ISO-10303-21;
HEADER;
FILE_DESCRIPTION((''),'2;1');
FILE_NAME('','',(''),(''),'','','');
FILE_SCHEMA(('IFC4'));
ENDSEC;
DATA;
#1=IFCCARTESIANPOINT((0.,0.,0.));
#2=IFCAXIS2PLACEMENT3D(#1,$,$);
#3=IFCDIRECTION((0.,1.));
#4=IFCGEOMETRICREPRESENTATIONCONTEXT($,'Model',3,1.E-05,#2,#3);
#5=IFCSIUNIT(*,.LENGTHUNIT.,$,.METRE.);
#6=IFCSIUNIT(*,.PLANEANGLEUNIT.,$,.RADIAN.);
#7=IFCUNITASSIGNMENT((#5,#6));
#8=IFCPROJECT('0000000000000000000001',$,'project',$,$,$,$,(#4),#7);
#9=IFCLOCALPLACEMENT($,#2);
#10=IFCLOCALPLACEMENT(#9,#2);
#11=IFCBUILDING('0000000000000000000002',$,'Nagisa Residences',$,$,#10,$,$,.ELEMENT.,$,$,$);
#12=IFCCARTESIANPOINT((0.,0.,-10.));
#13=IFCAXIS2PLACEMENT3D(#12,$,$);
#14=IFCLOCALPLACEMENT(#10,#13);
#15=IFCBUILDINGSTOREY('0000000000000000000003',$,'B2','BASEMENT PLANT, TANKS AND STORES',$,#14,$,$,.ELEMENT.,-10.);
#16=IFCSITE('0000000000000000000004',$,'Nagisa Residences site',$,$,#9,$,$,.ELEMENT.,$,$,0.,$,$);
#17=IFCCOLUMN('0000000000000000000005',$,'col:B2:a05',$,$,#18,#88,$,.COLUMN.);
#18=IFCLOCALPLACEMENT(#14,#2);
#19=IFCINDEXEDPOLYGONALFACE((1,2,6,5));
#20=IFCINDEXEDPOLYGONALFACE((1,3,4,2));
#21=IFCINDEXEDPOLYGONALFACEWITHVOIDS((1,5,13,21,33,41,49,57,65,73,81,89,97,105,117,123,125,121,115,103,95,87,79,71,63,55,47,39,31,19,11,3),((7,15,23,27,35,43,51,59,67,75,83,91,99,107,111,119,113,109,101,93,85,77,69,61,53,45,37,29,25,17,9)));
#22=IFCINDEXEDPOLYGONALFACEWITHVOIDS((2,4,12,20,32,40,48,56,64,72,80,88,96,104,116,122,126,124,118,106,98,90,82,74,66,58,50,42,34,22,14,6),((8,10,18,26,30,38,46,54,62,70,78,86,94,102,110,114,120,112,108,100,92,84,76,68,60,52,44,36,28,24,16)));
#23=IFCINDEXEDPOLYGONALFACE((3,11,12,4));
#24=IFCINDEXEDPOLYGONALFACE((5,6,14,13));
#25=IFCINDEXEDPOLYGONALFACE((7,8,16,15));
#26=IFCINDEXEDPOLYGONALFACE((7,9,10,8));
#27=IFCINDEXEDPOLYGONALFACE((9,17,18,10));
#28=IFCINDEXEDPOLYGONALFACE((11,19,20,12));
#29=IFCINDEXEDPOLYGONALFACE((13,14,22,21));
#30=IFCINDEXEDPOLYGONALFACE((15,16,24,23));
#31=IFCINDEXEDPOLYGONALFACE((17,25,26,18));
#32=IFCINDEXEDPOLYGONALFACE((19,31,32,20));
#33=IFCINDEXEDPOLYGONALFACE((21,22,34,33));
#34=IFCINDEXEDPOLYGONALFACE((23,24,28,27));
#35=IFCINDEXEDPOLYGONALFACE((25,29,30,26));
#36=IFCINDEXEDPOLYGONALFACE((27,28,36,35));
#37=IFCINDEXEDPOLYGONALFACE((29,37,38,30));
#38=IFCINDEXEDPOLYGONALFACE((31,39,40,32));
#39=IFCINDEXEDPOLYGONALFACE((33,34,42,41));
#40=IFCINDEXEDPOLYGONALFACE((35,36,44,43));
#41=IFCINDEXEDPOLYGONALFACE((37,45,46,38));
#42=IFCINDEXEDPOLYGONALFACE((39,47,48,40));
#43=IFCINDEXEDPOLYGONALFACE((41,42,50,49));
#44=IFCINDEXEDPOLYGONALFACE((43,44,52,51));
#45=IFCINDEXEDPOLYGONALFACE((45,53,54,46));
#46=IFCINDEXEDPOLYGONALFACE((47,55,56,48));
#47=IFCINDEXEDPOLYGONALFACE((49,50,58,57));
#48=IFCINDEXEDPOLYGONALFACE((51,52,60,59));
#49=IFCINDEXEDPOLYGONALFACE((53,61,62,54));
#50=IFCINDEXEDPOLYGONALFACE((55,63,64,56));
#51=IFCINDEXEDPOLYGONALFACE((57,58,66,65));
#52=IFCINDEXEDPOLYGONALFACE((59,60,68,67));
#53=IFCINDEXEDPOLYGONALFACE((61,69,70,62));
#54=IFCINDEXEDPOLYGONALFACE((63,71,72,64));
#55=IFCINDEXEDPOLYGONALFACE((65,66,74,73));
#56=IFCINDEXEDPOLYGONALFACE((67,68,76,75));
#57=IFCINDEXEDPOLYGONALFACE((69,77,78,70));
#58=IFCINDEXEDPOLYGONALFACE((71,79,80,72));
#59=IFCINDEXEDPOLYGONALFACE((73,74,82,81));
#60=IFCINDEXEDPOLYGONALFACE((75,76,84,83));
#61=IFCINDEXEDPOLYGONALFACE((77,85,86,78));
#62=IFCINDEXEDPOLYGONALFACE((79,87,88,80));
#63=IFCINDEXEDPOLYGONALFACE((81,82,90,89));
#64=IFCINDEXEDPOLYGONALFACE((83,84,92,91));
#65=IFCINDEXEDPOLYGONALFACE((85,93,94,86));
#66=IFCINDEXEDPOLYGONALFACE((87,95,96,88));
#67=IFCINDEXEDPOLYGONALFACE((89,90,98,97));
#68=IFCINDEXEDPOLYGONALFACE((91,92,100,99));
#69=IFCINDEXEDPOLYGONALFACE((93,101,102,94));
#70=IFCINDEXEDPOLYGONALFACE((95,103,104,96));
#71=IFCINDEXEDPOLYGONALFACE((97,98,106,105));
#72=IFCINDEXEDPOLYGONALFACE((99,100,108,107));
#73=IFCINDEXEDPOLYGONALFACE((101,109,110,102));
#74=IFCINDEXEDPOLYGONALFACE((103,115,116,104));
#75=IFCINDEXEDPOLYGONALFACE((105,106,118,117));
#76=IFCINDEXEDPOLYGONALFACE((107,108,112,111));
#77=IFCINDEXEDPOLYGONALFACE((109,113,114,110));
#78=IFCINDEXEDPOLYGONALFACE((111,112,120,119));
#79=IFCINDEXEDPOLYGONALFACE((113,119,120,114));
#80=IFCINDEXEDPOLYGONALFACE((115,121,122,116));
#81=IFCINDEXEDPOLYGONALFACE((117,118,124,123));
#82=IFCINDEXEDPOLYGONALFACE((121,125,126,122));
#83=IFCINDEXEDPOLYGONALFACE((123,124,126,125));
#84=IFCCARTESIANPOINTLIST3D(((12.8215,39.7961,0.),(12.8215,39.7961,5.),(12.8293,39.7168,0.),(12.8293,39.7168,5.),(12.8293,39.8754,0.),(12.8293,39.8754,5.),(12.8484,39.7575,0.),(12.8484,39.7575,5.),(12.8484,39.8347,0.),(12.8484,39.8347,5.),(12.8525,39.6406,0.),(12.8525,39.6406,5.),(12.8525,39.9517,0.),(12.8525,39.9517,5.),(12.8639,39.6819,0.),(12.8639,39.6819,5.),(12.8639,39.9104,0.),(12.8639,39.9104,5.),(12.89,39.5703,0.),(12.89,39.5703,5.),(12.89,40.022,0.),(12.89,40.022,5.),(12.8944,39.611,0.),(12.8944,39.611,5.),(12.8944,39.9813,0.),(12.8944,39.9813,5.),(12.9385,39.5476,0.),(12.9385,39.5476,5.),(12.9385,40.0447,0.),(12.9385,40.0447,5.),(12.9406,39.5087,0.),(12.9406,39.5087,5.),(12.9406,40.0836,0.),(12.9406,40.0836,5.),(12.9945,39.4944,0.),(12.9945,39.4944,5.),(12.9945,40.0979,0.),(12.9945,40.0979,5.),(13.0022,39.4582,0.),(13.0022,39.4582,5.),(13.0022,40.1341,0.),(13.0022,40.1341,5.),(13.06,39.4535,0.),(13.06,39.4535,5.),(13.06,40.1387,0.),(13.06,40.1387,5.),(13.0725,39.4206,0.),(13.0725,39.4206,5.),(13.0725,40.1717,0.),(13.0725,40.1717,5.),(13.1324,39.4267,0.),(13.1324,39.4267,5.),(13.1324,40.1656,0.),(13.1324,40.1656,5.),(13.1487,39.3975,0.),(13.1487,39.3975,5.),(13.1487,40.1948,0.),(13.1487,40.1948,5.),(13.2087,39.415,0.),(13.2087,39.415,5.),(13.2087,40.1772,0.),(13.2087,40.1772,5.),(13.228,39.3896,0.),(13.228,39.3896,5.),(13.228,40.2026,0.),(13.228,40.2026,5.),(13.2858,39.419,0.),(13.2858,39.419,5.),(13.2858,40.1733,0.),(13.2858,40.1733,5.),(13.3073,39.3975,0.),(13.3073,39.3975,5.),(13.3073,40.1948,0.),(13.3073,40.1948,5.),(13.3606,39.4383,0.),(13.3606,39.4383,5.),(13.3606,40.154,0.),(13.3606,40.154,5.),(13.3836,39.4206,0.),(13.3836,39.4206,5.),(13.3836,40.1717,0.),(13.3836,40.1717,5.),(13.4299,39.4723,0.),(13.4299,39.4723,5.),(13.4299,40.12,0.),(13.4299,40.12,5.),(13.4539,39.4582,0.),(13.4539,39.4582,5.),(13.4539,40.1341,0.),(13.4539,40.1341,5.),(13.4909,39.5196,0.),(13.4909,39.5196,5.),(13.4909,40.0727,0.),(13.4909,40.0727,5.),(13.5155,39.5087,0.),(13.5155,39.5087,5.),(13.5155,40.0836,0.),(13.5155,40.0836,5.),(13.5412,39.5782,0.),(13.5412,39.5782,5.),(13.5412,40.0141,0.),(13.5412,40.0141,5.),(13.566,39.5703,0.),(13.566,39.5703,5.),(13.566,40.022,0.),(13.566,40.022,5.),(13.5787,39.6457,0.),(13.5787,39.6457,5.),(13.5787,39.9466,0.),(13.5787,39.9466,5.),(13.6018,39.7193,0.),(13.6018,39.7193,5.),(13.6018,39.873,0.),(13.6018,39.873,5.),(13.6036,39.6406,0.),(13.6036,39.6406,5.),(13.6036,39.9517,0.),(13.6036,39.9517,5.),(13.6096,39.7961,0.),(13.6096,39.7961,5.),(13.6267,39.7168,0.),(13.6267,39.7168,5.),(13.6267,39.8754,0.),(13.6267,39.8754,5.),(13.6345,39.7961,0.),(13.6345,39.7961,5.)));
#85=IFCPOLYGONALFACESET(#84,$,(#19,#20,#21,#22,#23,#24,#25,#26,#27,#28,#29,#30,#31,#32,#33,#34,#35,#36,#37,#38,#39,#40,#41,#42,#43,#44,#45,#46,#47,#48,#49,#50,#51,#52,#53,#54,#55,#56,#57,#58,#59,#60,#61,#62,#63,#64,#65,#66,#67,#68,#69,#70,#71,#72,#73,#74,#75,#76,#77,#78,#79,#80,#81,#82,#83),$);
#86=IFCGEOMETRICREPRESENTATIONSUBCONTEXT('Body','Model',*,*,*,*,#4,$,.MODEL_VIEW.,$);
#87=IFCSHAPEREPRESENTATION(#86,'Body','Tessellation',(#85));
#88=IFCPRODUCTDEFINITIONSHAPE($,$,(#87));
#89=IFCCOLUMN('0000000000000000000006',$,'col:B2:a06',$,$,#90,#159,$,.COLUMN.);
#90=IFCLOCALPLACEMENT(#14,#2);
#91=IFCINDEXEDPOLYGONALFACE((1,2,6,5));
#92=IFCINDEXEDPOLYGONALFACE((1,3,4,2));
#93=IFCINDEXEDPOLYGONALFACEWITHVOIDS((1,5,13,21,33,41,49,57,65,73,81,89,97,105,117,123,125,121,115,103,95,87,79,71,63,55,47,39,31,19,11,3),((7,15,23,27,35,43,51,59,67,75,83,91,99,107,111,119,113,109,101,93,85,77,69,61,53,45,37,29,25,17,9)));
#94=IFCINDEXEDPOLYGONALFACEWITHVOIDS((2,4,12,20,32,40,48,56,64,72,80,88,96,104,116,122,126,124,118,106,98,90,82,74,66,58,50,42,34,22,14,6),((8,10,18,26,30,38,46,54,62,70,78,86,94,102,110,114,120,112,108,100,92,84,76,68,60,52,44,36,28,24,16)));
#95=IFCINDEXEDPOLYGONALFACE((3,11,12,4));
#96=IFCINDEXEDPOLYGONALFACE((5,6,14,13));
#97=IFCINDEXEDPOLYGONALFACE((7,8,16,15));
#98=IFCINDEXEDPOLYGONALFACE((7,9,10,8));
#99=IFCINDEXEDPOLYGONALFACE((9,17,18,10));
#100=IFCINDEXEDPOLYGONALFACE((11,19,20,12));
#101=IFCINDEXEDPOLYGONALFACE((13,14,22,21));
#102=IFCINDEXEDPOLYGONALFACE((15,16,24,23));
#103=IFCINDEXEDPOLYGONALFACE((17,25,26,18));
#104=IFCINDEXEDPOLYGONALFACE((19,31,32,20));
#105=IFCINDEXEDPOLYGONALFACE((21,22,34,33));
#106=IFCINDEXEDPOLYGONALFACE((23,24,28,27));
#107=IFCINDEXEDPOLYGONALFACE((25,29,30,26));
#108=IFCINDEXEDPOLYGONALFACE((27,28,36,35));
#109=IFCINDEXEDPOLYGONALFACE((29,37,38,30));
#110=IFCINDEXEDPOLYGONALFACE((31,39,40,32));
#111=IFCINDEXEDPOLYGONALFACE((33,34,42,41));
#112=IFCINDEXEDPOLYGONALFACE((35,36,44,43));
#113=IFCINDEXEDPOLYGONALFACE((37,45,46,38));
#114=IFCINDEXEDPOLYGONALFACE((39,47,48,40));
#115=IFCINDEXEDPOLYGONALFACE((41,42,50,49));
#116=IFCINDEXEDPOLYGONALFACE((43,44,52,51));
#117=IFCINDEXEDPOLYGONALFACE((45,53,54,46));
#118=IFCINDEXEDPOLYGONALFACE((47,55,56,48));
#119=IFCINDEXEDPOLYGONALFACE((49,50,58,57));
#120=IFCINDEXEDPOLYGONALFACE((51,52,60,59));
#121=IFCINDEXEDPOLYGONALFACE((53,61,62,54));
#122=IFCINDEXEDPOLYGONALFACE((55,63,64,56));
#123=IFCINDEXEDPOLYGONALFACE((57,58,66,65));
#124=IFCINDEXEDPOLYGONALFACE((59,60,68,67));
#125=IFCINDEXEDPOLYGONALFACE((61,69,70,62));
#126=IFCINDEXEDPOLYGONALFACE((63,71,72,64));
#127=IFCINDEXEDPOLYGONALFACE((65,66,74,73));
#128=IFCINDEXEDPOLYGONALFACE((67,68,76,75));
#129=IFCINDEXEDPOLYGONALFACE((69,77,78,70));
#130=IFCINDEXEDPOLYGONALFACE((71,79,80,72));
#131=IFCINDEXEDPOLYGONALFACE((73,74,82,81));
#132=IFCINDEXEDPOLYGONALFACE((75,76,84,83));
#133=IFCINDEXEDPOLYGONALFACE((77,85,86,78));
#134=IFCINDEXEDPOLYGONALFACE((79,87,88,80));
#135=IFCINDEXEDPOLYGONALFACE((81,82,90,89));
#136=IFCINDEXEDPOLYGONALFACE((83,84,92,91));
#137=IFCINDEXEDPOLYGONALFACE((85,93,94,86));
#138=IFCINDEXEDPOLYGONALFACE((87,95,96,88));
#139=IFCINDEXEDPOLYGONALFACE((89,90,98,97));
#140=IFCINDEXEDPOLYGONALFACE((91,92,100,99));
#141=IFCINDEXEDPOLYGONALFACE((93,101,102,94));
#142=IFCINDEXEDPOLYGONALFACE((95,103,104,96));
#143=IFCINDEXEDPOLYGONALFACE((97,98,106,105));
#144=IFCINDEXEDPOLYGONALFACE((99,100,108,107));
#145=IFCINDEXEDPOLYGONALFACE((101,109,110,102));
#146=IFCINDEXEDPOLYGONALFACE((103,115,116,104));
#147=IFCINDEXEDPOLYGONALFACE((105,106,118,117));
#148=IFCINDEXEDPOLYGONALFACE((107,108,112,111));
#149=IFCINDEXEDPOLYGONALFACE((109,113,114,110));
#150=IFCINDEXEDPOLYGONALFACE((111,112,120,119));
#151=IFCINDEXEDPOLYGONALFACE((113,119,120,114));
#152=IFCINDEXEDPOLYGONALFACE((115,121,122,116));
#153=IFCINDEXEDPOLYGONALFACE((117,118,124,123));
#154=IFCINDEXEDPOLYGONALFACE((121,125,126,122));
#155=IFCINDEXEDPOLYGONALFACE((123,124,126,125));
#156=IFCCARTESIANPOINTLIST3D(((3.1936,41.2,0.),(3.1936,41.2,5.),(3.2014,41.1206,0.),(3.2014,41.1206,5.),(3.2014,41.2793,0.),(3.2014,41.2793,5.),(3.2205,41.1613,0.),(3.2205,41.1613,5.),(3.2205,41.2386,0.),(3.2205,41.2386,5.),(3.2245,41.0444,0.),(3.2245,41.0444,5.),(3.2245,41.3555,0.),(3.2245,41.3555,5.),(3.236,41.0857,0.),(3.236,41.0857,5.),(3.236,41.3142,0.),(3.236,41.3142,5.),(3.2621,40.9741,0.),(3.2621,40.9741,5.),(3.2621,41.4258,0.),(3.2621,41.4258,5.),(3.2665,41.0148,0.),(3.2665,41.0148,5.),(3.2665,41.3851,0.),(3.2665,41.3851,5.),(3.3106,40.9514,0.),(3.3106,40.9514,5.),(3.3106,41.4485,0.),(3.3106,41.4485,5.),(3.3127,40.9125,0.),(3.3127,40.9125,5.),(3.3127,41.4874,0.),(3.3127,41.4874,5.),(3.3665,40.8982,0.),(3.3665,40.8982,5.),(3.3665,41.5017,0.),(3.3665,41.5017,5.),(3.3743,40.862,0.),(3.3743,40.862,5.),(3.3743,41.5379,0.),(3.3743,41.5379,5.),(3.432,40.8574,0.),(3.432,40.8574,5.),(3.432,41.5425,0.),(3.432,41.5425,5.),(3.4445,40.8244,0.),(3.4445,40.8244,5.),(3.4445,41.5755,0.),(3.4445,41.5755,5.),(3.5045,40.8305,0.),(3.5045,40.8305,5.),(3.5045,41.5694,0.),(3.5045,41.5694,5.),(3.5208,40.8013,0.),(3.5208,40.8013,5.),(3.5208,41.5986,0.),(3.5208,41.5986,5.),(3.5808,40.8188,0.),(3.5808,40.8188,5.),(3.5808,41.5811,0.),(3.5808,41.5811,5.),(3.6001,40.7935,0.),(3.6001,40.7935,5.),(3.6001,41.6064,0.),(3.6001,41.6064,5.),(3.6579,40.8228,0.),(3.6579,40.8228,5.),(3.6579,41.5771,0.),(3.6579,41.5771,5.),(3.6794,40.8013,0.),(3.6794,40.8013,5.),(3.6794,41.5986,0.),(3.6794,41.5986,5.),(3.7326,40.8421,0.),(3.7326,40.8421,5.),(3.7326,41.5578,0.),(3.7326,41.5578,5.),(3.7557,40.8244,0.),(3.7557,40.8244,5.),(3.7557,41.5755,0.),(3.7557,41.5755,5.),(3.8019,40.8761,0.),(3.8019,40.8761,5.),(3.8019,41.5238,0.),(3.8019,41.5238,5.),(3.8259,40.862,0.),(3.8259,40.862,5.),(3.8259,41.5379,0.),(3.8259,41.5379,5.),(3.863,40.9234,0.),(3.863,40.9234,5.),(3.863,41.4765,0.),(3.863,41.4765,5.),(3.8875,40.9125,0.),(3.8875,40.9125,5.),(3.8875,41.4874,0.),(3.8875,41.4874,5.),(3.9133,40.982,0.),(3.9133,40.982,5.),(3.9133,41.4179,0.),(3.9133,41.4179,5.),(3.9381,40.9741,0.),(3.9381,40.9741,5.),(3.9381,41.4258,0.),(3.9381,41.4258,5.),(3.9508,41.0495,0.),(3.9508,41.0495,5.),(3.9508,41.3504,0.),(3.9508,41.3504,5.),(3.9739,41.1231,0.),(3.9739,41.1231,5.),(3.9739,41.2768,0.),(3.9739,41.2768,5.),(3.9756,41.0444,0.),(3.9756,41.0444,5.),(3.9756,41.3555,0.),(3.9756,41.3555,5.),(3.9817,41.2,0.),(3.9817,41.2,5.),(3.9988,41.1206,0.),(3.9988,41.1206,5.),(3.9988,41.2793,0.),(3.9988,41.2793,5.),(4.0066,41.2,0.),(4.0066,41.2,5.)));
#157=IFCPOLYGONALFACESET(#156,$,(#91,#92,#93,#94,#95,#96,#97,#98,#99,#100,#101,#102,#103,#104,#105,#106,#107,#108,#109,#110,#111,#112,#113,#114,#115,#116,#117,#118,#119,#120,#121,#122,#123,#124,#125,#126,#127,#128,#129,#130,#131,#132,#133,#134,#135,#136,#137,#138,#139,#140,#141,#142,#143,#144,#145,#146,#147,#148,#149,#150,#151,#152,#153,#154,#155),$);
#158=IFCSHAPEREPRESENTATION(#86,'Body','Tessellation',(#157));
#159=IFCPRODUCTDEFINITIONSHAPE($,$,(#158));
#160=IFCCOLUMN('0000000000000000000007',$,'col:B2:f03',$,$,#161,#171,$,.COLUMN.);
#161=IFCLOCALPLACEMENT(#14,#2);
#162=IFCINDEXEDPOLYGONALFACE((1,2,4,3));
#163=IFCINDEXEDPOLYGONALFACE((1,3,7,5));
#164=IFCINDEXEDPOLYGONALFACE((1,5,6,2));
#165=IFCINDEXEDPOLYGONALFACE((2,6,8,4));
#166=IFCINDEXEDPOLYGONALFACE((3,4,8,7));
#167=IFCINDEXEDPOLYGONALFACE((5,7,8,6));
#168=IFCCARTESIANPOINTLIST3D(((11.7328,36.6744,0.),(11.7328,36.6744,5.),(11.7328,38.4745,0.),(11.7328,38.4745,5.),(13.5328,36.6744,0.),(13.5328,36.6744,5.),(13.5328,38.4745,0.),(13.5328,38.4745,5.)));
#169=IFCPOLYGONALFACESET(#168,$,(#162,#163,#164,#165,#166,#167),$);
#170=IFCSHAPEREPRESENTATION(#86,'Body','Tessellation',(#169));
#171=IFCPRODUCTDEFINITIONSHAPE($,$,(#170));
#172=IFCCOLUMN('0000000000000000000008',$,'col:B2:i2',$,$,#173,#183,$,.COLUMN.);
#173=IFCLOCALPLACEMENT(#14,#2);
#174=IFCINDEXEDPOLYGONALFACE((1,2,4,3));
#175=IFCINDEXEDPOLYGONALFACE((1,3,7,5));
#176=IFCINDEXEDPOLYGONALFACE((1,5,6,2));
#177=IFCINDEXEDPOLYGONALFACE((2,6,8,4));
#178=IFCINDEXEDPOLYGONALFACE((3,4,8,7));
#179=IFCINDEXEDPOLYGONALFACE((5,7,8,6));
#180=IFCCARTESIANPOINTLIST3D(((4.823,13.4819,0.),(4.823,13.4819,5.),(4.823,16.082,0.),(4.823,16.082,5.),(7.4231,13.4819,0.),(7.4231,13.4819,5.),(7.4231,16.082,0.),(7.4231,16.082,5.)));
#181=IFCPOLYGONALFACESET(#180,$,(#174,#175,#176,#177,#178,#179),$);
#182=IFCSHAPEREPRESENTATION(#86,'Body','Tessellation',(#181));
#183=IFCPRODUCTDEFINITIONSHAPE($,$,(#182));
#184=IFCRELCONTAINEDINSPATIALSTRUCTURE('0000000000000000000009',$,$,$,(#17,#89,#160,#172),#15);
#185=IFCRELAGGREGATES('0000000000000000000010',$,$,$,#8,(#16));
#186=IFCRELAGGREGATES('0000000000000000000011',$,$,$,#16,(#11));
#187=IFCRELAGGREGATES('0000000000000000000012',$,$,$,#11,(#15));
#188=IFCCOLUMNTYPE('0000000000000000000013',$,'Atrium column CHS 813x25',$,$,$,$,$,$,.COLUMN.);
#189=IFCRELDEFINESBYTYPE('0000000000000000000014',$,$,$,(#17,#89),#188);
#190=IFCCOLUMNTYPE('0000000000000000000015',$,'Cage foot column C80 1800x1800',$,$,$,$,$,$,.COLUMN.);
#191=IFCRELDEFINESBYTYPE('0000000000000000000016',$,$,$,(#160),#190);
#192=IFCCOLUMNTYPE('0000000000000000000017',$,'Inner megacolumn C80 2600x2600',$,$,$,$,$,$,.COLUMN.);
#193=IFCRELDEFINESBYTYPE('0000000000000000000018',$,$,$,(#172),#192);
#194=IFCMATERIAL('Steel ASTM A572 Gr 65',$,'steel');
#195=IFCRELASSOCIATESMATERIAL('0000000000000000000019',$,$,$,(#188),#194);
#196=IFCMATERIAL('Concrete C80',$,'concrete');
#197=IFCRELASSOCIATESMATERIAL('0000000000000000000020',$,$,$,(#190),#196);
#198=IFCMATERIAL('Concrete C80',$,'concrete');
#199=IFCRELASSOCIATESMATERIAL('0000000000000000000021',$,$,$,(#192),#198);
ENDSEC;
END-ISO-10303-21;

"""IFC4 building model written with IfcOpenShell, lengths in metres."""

from ifc_helpers import new_model, si_unit, direction, frame, origin, origin_2d, place, context, subcontext, project, spatial, rectangle, hollow_circle, extrude, material, material_profile, profile_set, type_object, element, save


model = new_model("IFC4")

# Units and contexts
model_context = context("Model", 3, precision=1e-05, world=origin(), true_north=direction((0.0, 1.0)))
body_context = subcontext(model_context, "Body", "Model", "MODEL_VIEW")
ifc_project = project(units=[si_unit("LENGTHUNIT", "METRE"), si_unit("PLANEANGLEUNIT", "RADIAN")], contexts=[model_context])

# Site, building, storey
site_placement = place(None, origin())
site = spatial("IfcSite", under=ifc_project, at=site_placement, Name="Nagisa Residences site", CompositionType="ELEMENT", RefElevation=0.0)
building_placement = place(site_placement, origin())
building = spatial("IfcBuilding", under=site, at=building_placement, Name="Nagisa Residences", CompositionType="ELEMENT")
storey_placement = place(building_placement, frame((0.0, 0.0, -10.0)))
storey = spatial("IfcBuildingStorey", under=building, at=storey_placement, Name="B2", Description="BASEMENT PLANT, TANKS AND STORES", CompositionType="ELEMENT", Elevation=-10.0)

# Columns
ifc_material_1 = material(Name="Steel ASTM A572 Gr 65", Category="steel")
ifc_material_profile_1 = material_profile(ifc_material_1, hollow_circle(Radius=0.4065, WallThickness=0.0249, at=origin_2d()), Name="CHS 813x25")
ifc_profile_set_1 = profile_set([ifc_material_profile_1], Name="Steel ASTM A572 Gr 65")
column_type_1 = type_object("IfcColumnType", Name="Atrium column CHS 813x25", PredefinedType="COLUMN", material=ifc_profile_set_1)
for number, where, z_axis, x_axis, name in (
    (1, (13.228, 39.7961, 0.0), (0.0, 0.0, 1.0), (1.0, 0.0, 0.0), "col:B2:a05"),
    (2, (3.6001, 41.2, 0.0), (0.0, 0.0, 1.0), (1.0, 0.0, 0.0), "col:B2:a06"),
):
    element("IfcColumn", number, at=place(storey_placement, frame(where, z_axis=z_axis, x_axis=x_axis)), inside=storey, type_object=column_type_1, Name=name, PredefinedType="COLUMN", context=body_context, shape_type="SweptSolid", body=[
        extrude(hollow_circle(Radius=0.4065, WallThickness=0.0249, at=origin_2d()), origin(), (0.0, 0.0, 1.0), 5.0),
    ])
ifc_material_2 = material(Name="Concrete C80", Category="concrete")
ifc_material_profile_2 = material_profile(ifc_material_2, rectangle(XDim=1.8, YDim=1.8, at=origin_2d()), Name="C80 1800x1800")
ifc_profile_set_2 = profile_set([ifc_material_profile_2], Name="Concrete C80")
column_type_2 = type_object("IfcColumnType", Name="Cage foot column C80 1800x1800", PredefinedType="COLUMN", material=ifc_profile_set_2)
column_1_placement = place(storey_placement, frame((12.6328, 37.5745, 0.0), z_axis=(0.0, 0.0, 1.0), x_axis=(1.0, 0.0, 0.0)))
element("IfcColumn", 3, at=column_1_placement, inside=storey, type_object=column_type_2, Name="col:B2:f03", PredefinedType="COLUMN", context=body_context, shape_type="SweptSolid", body=[
    extrude(rectangle(XDim=1.8, YDim=1.8, at=origin_2d()), origin(), (0.0, 0.0, 1.0), 5.0),
])
ifc_material_3 = material(Name="Concrete C80", Category="concrete")
ifc_material_profile_3 = material_profile(ifc_material_3, rectangle(XDim=2.6001, YDim=2.6001, at=origin_2d()), Name="C80 2600x2600")
ifc_profile_set_3 = profile_set([ifc_material_profile_3], Name="Concrete C80")
column_type_3 = type_object("IfcColumnType", Name="Inner megacolumn C80 2600x2600", PredefinedType="COLUMN", material=ifc_profile_set_3)
column_2_placement = place(storey_placement, frame((6.123, 14.782, 0.0), z_axis=(0.0, 0.0, 1.0), x_axis=(1.0, 0.0, 0.0)))
element("IfcColumn", 4, at=column_2_placement, inside=storey, type_object=column_type_3, Name="col:B2:i2", PredefinedType="COLUMN", context=body_context, shape_type="SweptSolid", body=[
    extrude(rectangle(XDim=2.6001, YDim=2.6001, at=origin_2d()), origin(), (0.0, 0.0, 1.0), 5.0),
])

save(model, "model.ifc")
